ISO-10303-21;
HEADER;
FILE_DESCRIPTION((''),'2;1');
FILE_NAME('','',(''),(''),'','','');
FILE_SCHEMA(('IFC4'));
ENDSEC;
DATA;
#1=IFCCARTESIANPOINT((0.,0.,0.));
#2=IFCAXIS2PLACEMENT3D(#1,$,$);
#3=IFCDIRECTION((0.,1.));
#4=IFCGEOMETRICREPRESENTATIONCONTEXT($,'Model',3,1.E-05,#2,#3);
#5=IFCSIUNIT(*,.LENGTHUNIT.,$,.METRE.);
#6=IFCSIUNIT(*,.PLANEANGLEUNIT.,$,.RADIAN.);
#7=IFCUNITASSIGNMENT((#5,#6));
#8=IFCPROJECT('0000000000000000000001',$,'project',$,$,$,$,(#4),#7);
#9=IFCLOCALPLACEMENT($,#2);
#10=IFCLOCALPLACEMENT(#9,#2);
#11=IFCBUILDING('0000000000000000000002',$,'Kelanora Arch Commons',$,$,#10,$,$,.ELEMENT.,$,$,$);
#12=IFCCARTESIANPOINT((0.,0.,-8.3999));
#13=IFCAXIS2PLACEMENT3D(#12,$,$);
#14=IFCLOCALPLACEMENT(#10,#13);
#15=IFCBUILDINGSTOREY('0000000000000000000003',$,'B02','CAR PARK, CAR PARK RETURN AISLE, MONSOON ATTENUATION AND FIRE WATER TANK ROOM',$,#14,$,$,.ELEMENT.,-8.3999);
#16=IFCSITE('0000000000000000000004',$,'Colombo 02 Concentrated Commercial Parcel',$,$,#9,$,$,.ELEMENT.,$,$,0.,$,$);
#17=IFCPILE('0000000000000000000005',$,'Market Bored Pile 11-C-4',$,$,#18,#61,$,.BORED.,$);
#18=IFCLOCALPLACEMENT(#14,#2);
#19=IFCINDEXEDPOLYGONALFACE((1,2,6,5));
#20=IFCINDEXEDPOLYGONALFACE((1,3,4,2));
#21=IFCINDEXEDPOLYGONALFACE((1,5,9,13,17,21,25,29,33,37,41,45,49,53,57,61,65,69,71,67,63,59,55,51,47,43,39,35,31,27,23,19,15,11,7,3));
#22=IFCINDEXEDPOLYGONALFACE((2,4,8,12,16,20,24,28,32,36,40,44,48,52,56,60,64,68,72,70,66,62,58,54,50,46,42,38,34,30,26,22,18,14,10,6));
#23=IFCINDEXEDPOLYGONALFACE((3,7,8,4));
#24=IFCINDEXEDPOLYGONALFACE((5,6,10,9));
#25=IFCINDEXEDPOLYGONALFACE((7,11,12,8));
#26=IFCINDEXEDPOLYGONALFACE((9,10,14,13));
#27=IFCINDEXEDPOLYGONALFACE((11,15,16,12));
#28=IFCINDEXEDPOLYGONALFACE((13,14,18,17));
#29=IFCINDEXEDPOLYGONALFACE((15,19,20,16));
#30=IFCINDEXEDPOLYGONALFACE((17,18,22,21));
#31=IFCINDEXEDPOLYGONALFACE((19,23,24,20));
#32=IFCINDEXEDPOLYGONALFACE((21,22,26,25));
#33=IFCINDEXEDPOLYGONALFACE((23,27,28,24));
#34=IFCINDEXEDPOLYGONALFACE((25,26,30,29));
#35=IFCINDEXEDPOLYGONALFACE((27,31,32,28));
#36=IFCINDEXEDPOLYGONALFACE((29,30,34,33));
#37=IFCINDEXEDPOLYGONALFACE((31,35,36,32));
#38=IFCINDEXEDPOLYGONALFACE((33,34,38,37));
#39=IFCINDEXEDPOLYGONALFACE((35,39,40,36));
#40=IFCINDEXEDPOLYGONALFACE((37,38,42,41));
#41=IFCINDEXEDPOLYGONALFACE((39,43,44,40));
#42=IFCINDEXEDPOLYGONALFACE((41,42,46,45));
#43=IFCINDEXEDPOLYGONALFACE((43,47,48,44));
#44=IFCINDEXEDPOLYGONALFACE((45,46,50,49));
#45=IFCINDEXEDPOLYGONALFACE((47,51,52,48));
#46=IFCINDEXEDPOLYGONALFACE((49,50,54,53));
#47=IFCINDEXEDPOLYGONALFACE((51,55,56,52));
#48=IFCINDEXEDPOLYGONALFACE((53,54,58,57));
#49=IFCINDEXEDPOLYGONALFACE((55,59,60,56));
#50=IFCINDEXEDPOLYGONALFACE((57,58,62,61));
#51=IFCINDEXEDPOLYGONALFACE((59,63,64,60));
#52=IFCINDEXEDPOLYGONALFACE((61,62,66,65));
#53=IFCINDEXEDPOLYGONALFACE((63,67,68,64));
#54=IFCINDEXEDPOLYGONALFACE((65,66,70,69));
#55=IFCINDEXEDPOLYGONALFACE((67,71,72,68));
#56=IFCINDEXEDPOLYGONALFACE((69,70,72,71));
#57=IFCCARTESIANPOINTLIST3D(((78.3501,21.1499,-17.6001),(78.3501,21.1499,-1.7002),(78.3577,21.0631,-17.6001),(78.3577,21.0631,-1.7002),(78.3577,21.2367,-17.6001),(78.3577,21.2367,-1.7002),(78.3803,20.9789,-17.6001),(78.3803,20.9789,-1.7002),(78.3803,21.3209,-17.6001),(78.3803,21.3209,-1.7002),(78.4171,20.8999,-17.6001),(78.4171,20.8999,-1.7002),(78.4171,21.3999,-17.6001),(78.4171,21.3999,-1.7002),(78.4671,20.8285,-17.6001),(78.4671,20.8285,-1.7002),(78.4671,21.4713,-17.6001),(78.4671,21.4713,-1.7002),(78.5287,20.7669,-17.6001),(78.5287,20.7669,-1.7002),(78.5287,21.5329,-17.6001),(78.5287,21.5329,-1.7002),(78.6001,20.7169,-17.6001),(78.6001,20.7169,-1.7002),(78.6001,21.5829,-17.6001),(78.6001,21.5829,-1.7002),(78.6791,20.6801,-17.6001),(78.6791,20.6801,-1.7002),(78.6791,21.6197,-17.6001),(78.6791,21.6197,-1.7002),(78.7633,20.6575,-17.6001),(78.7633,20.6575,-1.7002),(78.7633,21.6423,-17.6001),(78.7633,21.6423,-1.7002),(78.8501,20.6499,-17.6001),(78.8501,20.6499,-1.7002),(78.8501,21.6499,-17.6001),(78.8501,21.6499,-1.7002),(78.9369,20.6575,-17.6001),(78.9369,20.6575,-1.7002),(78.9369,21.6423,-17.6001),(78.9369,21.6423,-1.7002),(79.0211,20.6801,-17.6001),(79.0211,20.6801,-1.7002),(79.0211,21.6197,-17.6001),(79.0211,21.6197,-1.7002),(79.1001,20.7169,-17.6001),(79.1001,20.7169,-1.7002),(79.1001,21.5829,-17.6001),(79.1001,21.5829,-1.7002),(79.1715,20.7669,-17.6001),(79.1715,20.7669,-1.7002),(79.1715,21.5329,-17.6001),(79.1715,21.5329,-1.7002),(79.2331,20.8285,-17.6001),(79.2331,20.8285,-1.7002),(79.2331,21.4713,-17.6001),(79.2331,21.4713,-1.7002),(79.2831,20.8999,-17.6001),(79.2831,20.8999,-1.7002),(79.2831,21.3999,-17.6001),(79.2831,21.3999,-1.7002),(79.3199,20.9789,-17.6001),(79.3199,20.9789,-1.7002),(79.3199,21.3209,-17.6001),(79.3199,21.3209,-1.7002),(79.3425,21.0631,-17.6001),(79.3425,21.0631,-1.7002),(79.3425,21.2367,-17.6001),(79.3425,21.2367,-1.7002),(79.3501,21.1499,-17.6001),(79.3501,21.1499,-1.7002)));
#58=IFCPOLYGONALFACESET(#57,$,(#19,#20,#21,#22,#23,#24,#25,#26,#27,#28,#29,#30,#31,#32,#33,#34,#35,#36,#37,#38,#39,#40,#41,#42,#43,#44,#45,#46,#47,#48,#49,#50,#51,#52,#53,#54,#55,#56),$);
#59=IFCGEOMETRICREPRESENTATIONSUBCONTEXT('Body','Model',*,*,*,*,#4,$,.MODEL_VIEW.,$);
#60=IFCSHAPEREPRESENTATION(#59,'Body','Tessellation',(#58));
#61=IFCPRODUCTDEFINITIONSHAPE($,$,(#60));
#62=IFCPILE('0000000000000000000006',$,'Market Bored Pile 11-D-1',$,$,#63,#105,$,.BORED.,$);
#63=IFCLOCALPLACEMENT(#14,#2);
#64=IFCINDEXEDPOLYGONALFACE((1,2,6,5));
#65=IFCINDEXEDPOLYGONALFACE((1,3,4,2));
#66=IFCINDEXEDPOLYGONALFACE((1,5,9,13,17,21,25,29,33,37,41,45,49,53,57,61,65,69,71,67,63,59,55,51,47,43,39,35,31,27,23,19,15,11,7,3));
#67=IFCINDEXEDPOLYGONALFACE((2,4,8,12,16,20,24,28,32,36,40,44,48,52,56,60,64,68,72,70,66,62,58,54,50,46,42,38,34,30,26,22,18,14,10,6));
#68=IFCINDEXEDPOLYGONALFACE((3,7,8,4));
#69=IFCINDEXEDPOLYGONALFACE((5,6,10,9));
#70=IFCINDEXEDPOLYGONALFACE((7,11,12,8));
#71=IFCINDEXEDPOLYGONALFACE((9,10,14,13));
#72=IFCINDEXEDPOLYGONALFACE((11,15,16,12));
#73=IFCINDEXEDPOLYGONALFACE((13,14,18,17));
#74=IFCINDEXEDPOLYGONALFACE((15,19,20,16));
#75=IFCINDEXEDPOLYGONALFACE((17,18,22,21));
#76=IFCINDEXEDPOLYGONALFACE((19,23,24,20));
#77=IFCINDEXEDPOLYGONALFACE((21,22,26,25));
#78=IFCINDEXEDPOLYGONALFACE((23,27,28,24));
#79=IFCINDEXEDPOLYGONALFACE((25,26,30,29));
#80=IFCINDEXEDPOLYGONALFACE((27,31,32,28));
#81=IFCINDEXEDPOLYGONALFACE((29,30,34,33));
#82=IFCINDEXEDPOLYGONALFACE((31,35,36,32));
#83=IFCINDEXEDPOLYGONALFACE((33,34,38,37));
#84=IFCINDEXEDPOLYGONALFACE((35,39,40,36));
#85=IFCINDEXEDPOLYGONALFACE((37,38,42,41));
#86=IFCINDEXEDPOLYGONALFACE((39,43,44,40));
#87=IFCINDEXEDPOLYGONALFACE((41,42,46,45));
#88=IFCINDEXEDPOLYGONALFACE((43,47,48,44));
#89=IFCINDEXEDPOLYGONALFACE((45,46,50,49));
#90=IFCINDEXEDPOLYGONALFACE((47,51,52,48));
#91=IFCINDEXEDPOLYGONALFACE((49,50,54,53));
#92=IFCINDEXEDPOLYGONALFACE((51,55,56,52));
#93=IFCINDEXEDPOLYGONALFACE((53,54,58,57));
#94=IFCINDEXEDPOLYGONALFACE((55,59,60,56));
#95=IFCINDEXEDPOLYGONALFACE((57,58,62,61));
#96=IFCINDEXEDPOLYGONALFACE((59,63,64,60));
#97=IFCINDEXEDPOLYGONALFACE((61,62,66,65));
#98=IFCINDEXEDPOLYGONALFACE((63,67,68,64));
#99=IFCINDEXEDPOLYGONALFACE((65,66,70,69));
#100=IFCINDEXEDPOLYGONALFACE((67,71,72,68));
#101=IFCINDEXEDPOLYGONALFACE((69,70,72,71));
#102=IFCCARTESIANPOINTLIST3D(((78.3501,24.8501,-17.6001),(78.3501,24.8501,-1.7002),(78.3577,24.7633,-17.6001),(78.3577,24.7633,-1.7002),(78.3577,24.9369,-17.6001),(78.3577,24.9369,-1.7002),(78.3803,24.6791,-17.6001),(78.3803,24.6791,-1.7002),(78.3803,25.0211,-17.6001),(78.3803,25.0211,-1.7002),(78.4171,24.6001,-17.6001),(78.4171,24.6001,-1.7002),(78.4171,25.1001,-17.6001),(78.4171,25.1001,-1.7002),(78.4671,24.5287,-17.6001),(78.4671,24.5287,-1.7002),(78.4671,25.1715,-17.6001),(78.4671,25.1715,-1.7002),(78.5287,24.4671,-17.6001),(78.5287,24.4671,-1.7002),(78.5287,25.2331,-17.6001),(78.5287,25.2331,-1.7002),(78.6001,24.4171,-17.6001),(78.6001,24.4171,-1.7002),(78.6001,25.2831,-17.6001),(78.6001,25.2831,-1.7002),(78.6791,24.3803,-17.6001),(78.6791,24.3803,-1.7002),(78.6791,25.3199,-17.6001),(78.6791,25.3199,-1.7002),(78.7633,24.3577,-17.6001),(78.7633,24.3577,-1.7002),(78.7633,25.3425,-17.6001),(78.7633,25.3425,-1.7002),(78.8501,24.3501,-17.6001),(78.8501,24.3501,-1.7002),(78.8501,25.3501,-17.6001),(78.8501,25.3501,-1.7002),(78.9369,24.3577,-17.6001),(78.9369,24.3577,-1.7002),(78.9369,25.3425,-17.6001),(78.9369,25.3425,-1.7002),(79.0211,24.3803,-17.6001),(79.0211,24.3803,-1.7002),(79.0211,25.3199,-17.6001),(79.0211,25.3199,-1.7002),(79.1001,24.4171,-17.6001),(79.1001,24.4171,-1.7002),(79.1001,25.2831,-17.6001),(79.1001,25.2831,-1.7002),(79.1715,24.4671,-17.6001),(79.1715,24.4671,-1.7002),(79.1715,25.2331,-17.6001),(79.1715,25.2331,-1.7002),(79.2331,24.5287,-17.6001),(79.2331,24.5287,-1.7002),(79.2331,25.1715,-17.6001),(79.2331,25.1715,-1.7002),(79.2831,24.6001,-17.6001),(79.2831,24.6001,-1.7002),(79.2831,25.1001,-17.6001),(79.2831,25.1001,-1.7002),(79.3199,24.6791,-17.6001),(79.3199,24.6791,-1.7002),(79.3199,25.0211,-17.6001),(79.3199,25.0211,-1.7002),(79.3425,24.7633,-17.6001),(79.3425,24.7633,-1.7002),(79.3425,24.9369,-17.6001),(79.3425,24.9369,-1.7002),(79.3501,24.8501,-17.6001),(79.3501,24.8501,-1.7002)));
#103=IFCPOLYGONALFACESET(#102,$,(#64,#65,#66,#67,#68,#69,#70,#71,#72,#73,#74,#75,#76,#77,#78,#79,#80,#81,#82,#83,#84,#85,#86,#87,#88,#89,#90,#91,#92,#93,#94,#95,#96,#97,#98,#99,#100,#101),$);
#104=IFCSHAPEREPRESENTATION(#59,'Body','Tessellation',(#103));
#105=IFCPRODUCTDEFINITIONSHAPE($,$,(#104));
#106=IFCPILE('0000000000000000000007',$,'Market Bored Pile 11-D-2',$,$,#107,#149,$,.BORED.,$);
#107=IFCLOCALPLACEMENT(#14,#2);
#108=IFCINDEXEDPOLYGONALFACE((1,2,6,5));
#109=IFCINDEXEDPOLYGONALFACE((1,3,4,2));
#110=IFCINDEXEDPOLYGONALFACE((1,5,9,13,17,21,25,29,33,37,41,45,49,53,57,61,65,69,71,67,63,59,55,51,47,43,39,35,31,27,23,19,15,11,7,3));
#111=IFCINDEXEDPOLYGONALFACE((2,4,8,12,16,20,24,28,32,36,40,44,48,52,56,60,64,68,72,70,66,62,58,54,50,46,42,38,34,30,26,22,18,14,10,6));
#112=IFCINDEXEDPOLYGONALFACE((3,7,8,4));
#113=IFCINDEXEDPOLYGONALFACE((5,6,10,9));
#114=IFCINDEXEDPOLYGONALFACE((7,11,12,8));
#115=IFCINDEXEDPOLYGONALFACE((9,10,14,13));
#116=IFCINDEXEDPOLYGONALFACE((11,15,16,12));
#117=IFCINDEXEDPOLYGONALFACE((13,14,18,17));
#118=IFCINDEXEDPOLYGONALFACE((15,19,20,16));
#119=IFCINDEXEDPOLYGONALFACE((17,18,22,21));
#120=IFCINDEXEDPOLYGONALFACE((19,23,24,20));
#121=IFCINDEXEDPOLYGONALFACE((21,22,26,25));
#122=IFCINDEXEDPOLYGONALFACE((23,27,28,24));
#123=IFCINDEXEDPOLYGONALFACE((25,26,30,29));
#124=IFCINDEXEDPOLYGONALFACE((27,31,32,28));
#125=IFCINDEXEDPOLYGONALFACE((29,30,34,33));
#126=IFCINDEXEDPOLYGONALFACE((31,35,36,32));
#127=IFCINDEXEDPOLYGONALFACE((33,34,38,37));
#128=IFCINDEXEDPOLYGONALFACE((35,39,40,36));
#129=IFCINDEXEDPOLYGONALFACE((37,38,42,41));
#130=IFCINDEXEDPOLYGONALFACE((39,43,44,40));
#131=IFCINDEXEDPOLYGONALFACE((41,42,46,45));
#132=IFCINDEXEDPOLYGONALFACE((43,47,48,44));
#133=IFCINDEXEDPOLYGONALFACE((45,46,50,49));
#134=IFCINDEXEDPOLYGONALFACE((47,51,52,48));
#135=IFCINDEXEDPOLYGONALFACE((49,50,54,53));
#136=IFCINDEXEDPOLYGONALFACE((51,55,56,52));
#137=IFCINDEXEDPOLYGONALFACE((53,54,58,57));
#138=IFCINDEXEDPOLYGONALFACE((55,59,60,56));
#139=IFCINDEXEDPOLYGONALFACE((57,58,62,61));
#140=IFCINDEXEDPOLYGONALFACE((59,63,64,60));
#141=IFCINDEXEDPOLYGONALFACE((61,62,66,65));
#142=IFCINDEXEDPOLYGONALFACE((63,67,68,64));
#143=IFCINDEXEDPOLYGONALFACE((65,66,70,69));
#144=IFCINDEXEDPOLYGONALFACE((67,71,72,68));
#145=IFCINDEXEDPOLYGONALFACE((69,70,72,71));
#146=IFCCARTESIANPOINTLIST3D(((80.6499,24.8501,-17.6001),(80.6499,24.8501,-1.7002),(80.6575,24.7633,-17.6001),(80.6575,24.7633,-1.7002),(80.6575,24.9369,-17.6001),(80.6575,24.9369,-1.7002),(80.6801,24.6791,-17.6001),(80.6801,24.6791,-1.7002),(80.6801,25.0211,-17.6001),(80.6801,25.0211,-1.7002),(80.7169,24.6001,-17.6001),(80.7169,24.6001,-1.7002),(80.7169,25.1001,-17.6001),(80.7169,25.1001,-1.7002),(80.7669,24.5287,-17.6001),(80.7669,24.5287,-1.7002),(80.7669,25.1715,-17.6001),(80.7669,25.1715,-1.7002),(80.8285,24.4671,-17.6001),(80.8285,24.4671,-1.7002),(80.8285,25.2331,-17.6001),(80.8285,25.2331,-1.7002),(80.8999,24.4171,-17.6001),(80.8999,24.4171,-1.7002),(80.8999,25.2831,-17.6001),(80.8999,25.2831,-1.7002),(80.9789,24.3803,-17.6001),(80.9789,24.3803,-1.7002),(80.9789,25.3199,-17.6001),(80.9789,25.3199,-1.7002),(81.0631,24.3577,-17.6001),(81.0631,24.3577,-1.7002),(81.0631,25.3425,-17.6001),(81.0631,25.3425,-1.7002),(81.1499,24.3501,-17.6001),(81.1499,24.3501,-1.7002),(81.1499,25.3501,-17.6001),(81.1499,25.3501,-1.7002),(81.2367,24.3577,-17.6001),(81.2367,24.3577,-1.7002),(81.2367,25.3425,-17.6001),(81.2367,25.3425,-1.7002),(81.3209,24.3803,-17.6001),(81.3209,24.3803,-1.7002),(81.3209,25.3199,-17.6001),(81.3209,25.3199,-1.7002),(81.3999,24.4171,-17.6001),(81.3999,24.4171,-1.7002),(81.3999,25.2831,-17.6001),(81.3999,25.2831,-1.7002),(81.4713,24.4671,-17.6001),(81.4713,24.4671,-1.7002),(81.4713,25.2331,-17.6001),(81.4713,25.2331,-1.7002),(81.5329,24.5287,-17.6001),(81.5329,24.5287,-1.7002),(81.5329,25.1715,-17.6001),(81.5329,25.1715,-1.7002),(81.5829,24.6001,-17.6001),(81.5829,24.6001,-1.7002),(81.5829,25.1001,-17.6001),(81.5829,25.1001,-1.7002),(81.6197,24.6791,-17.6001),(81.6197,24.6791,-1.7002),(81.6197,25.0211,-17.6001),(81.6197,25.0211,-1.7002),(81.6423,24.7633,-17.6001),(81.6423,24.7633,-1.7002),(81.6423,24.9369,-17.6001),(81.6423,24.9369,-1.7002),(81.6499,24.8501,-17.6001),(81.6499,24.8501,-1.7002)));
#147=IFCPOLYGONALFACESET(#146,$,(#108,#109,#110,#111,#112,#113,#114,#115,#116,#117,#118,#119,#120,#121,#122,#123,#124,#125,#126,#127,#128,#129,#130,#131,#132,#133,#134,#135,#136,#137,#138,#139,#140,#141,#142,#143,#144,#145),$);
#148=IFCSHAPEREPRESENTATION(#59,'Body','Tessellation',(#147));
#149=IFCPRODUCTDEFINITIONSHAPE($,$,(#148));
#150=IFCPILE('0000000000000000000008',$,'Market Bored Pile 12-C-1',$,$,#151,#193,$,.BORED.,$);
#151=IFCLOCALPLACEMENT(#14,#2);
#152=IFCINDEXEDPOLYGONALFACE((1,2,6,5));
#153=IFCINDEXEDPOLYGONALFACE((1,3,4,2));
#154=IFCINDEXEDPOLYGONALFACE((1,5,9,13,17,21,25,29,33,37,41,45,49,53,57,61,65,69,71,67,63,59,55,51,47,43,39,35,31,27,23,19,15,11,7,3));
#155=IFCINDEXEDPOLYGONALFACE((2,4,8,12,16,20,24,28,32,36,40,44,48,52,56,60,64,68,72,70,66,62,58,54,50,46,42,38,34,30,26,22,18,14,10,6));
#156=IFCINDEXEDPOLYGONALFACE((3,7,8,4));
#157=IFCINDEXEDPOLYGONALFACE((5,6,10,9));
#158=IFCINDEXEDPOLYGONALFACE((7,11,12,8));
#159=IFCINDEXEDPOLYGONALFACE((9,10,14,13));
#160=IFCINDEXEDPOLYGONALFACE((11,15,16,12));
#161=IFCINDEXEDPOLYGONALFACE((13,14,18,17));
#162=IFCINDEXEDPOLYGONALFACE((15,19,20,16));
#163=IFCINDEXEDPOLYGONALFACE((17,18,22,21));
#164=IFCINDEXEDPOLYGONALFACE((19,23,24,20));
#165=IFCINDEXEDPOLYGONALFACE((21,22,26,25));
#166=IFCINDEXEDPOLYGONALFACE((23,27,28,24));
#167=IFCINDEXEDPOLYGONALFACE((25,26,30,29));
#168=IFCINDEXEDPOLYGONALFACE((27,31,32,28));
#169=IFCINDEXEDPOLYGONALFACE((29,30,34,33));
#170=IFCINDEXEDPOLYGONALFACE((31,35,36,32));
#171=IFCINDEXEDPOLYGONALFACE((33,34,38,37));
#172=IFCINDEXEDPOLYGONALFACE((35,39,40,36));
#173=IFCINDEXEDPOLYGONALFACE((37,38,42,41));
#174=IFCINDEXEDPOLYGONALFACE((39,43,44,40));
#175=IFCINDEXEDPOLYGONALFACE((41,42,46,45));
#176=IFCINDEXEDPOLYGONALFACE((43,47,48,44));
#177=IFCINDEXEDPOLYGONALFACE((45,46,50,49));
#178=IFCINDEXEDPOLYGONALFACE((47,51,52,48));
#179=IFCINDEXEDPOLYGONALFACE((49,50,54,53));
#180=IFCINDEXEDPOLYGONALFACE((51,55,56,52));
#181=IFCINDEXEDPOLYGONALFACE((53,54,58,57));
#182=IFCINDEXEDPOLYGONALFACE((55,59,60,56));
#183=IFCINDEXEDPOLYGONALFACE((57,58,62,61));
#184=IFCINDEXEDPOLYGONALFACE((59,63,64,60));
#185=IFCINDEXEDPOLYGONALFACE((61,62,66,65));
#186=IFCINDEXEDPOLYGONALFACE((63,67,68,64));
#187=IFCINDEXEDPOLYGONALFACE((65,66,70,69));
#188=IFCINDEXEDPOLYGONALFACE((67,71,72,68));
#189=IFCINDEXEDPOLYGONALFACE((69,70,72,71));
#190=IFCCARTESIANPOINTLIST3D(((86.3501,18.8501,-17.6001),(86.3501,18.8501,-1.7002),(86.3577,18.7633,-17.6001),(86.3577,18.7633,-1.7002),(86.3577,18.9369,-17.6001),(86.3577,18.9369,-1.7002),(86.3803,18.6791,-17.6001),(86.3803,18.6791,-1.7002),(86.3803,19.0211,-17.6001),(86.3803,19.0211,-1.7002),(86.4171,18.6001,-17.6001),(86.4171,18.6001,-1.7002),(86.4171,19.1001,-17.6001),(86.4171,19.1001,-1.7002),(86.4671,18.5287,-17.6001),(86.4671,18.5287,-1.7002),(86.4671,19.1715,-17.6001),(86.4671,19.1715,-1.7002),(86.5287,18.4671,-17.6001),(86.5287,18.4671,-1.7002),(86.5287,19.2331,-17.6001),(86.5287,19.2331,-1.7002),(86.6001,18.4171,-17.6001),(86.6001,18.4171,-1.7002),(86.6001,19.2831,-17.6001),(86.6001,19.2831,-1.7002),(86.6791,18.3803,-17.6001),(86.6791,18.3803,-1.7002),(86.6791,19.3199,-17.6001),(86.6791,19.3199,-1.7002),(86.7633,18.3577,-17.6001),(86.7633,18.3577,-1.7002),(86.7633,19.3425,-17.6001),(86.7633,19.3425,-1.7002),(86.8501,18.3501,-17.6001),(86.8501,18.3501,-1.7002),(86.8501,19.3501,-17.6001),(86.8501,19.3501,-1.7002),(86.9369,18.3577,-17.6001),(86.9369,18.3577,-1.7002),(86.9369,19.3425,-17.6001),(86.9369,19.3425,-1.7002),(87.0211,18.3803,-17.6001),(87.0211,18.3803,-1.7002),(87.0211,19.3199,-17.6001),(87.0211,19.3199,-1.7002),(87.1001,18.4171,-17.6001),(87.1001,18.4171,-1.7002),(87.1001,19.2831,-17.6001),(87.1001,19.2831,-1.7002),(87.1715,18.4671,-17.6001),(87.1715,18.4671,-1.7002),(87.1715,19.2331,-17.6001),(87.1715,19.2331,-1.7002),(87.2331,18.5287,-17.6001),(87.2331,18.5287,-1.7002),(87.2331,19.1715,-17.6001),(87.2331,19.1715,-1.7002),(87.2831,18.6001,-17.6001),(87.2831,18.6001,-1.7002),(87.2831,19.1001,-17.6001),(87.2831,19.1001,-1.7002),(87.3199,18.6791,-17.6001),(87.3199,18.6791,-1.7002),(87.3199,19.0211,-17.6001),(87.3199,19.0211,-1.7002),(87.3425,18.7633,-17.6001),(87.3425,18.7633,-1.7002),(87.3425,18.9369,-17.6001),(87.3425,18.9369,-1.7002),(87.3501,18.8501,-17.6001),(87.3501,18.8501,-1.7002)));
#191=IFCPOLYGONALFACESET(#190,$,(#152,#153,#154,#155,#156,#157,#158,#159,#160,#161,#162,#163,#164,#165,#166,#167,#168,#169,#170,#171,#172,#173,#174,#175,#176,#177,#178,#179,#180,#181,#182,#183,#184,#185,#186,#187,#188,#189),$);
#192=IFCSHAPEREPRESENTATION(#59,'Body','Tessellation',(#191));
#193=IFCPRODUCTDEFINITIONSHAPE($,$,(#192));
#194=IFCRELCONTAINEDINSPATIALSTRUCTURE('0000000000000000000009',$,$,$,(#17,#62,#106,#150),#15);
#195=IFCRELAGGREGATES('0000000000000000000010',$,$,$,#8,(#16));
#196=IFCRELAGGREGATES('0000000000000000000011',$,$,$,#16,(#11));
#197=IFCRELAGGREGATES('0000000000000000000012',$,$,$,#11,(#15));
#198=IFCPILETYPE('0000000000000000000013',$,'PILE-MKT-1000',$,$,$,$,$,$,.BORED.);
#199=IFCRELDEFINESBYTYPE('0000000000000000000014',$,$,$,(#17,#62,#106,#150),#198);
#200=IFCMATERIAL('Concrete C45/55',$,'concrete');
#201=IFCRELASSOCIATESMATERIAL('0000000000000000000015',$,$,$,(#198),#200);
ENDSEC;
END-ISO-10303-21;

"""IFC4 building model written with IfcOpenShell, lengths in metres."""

from ifc_helpers import new_model, si_unit, direction, frame, origin, origin_2d, place, context, subcontext, project, spatial, circle, extrude, source, transform, mapped, material, material_profile, profile_set, type_object, element, save


model = new_model("IFC4")

# Units and contexts
model_context = context("Model", 3, precision=1e-05, world=origin(), true_north=direction((0.0, 1.0)))
body_context = subcontext(model_context, "Body", "Model", "MODEL_VIEW")
ifc_project = project(units=[si_unit("LENGTHUNIT", "METRE"), si_unit("PLANEANGLEUNIT", "RADIAN")], contexts=[model_context])

# Site, building, storey
site_placement = place(None, origin())
site = spatial("IfcSite", under=ifc_project, at=site_placement, Name="Colombo 02 Concentrated Commercial Parcel", CompositionType="ELEMENT", RefElevation=0.0)
building_placement = place(site_placement, origin())
building = spatial("IfcBuilding", under=site, at=building_placement, Name="Kelanora Arch Commons", CompositionType="ELEMENT")
storey_placement = place(building_placement, frame((0.0, 0.0, -8.3999)))
storey = spatial("IfcBuildingStorey", under=building, at=storey_placement, Name="B02", Description="CAR PARK, CAR PARK RETURN AISLE, MONSOON ATTENUATION AND FIRE WATER TANK ROOM", CompositionType="ELEMENT", Elevation=-8.3999)

# Piles
ifc_material_1 = material(Name="Concrete C45/55", Category="concrete")
ifc_material_profile_1 = material_profile(ifc_material_1, circle(Radius=0.5, at=origin_2d()), Name="PILE1000")
ifc_profile_set_1 = profile_set([ifc_material_profile_1], Name="Concrete C45/55")
pile_type = type_object("IfcPileType", Name="PILE-MKT-1000", PredefinedType="BORED", material=ifc_profile_set_1)
shared_shape_1 = source(origin(), body_context, "Body", "SweptSolid", [
    extrude(circle(Radius=0.5, at=origin_2d()), origin(), (0.0, 0.0, 1.0), 15.8999),
])
for number, where, z_axis, x_axis, name in (
    (1, (78.8501, 21.1499, -1.7002), (0.0, 0.0, -1.0), (1.0, 0.0, 0.0), "Market Bored Pile 11-C-4"),
    (2, (78.8501, 24.8501, -1.7002), (0.0, 0.0, -1.0), (1.0, 0.0, 0.0), "Market Bored Pile 11-D-1"),
    (3, (81.1499, 24.8501, -1.7002), (0.0, 0.0, -1.0), (1.0, 0.0, 0.0), "Market Bored Pile 11-D-2"),
    (4, (86.8501, 18.8501, -1.7002), (0.0, 0.0, -1.0), (1.0, 0.0, 0.0), "Market Bored Pile 12-C-1"),
):
    element("IfcPile", number, at=place(storey_placement, frame(where, z_axis=z_axis, x_axis=x_axis)), inside=storey, type_object=pile_type, Name=name, PredefinedType="BORED", context=body_context, shape_type="MappedRepresentation", body=[
        mapped(shared_shape_1, transform((0.0, 0.0, 0.0), scale=1.0)),
    ])

save(model, "model.ifc")
